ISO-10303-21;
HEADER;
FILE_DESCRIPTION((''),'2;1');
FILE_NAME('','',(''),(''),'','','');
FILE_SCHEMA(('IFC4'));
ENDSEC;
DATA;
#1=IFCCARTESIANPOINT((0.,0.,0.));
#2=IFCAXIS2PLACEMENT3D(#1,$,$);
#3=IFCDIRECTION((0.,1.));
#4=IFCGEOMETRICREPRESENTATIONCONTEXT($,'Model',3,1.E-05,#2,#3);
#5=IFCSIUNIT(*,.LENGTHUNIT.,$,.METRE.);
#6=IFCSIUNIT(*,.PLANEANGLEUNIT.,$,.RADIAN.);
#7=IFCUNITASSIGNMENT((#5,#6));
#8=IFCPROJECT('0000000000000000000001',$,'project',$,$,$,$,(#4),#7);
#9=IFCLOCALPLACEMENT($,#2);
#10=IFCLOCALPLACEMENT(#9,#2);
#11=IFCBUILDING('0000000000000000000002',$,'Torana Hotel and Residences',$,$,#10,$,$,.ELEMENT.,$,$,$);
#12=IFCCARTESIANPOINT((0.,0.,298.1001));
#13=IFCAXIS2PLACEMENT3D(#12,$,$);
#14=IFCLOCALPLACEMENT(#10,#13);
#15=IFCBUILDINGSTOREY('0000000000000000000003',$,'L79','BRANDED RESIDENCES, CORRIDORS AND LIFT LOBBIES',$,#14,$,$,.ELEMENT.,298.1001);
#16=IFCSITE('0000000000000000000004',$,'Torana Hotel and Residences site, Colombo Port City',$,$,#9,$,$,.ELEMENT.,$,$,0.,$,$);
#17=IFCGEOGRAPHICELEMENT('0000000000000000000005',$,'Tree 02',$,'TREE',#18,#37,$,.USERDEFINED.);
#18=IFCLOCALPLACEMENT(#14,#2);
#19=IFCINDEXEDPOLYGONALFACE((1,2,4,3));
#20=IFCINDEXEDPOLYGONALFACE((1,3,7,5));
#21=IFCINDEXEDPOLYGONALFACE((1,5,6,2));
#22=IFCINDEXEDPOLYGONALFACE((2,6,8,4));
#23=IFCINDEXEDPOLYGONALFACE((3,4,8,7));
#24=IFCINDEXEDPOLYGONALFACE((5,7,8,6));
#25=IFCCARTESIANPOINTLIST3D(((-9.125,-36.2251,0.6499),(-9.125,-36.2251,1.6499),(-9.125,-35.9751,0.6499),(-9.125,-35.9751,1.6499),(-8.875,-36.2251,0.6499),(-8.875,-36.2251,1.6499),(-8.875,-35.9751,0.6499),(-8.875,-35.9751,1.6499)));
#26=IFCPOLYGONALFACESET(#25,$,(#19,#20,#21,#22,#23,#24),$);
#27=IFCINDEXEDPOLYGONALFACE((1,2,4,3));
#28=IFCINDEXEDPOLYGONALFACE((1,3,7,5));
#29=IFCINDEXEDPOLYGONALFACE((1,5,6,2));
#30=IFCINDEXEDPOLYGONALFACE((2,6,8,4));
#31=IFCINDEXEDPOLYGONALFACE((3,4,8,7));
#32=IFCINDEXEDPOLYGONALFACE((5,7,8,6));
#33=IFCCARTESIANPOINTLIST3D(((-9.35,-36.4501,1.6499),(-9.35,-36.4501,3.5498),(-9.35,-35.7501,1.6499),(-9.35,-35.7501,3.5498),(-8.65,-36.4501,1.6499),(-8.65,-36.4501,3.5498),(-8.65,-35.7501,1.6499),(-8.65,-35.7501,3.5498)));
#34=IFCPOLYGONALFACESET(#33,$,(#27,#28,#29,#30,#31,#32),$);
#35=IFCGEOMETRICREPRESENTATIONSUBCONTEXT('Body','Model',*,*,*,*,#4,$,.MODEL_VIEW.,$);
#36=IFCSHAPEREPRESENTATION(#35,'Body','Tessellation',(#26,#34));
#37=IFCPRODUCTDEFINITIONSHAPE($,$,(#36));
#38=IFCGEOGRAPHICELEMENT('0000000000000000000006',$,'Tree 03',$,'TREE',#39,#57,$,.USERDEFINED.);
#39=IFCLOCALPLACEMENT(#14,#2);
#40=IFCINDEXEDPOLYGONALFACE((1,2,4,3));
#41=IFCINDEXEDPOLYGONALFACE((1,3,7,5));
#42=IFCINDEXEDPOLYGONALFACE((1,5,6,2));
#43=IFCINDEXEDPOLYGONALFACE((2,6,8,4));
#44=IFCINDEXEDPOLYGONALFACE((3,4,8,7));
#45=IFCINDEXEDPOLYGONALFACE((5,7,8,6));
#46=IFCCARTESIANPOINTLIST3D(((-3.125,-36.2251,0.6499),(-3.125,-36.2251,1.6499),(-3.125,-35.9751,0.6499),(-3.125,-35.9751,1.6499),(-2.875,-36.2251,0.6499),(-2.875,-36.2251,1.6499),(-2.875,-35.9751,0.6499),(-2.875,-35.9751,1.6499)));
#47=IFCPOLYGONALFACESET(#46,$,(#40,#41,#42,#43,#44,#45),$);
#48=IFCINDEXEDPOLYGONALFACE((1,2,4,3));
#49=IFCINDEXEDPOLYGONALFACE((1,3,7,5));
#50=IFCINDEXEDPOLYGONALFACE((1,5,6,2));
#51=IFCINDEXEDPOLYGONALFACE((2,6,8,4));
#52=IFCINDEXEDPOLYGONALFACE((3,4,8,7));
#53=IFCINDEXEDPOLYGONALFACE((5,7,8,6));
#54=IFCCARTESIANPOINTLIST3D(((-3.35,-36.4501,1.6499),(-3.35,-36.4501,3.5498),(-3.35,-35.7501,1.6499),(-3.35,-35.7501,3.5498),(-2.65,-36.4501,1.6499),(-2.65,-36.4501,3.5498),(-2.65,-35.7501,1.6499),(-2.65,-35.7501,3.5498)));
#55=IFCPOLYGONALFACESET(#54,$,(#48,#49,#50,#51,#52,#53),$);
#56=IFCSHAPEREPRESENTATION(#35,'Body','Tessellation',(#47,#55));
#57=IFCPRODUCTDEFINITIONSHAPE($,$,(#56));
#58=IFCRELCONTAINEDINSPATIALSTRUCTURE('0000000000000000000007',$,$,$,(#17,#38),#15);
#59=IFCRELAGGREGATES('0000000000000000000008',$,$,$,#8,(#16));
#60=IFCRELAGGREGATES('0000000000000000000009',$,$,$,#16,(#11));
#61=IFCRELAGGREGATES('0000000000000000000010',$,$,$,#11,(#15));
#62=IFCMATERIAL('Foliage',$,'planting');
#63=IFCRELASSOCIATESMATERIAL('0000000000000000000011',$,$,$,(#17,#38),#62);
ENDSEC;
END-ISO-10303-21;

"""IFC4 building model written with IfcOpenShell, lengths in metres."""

from ifc_helpers import new_model, si_unit, direction, frame, origin, origin_2d, place, context, subcontext, project, spatial, rectangle, extrude, material, element, save


model = new_model("IFC4")

# Units and contexts
model_context = context("Model", 3, precision=1e-05, world=origin(), true_north=direction((0.0, 1.0)))
body_context = subcontext(model_context, "Body", "Model", "MODEL_VIEW")
ifc_project = project(units=[si_unit("LENGTHUNIT", "METRE"), si_unit("PLANEANGLEUNIT", "RADIAN")], contexts=[model_context])

# Site, building, storey
site_placement = place(None, origin())
site = spatial("IfcSite", under=ifc_project, at=site_placement, Name="Torana Hotel and Residences site, Colombo Port City", CompositionType="ELEMENT", RefElevation=0.0)
building_placement = place(site_placement, origin())
building = spatial("IfcBuilding", under=site, at=building_placement, Name="Torana Hotel and Residences", CompositionType="ELEMENT")
storey_placement = place(building_placement, frame((0.0, 0.0, 298.1001)))
storey = spatial("IfcBuildingStorey", under=building, at=storey_placement, Name="L79", Description="BRANDED RESIDENCES, CORRIDORS AND LIFT LOBBIES", CompositionType="ELEMENT", Elevation=298.1001)

# Geographic elements
ifc_material_1 = material(Name="Foliage", Category="planting")
for number, where, z_axis, x_axis, name in (
    (1, (-9.0, -36.1001, 0.6499), (0.0, 0.0, 1.0), (1.0, 0.0, 0.0), "Tree 02"),
    (2, (-3.0, -36.1001, 0.6499), (0.0, 0.0, 1.0), (1.0, 0.0, 0.0), "Tree 03"),
):
    element("IfcGeographicElement", number, at=place(storey_placement, frame(where, z_axis=z_axis, x_axis=x_axis)), inside=storey, material=ifc_material_1, Name=name, ObjectType="TREE", PredefinedType="USERDEFINED", context=body_context, shape_type="SweptSolid", body=[
        extrude(rectangle(XDim=0.25, YDim=0.25, at=origin_2d()), origin(), (0.0, 0.0, 1.0), 1.0),
        extrude(rectangle(XDim=0.7, YDim=0.7, at=origin_2d()), frame((0.0, 0.0, 1.0)), (0.0, 0.0, 1.0), 1.8999),
    ])

save(model, "model.ifc")
